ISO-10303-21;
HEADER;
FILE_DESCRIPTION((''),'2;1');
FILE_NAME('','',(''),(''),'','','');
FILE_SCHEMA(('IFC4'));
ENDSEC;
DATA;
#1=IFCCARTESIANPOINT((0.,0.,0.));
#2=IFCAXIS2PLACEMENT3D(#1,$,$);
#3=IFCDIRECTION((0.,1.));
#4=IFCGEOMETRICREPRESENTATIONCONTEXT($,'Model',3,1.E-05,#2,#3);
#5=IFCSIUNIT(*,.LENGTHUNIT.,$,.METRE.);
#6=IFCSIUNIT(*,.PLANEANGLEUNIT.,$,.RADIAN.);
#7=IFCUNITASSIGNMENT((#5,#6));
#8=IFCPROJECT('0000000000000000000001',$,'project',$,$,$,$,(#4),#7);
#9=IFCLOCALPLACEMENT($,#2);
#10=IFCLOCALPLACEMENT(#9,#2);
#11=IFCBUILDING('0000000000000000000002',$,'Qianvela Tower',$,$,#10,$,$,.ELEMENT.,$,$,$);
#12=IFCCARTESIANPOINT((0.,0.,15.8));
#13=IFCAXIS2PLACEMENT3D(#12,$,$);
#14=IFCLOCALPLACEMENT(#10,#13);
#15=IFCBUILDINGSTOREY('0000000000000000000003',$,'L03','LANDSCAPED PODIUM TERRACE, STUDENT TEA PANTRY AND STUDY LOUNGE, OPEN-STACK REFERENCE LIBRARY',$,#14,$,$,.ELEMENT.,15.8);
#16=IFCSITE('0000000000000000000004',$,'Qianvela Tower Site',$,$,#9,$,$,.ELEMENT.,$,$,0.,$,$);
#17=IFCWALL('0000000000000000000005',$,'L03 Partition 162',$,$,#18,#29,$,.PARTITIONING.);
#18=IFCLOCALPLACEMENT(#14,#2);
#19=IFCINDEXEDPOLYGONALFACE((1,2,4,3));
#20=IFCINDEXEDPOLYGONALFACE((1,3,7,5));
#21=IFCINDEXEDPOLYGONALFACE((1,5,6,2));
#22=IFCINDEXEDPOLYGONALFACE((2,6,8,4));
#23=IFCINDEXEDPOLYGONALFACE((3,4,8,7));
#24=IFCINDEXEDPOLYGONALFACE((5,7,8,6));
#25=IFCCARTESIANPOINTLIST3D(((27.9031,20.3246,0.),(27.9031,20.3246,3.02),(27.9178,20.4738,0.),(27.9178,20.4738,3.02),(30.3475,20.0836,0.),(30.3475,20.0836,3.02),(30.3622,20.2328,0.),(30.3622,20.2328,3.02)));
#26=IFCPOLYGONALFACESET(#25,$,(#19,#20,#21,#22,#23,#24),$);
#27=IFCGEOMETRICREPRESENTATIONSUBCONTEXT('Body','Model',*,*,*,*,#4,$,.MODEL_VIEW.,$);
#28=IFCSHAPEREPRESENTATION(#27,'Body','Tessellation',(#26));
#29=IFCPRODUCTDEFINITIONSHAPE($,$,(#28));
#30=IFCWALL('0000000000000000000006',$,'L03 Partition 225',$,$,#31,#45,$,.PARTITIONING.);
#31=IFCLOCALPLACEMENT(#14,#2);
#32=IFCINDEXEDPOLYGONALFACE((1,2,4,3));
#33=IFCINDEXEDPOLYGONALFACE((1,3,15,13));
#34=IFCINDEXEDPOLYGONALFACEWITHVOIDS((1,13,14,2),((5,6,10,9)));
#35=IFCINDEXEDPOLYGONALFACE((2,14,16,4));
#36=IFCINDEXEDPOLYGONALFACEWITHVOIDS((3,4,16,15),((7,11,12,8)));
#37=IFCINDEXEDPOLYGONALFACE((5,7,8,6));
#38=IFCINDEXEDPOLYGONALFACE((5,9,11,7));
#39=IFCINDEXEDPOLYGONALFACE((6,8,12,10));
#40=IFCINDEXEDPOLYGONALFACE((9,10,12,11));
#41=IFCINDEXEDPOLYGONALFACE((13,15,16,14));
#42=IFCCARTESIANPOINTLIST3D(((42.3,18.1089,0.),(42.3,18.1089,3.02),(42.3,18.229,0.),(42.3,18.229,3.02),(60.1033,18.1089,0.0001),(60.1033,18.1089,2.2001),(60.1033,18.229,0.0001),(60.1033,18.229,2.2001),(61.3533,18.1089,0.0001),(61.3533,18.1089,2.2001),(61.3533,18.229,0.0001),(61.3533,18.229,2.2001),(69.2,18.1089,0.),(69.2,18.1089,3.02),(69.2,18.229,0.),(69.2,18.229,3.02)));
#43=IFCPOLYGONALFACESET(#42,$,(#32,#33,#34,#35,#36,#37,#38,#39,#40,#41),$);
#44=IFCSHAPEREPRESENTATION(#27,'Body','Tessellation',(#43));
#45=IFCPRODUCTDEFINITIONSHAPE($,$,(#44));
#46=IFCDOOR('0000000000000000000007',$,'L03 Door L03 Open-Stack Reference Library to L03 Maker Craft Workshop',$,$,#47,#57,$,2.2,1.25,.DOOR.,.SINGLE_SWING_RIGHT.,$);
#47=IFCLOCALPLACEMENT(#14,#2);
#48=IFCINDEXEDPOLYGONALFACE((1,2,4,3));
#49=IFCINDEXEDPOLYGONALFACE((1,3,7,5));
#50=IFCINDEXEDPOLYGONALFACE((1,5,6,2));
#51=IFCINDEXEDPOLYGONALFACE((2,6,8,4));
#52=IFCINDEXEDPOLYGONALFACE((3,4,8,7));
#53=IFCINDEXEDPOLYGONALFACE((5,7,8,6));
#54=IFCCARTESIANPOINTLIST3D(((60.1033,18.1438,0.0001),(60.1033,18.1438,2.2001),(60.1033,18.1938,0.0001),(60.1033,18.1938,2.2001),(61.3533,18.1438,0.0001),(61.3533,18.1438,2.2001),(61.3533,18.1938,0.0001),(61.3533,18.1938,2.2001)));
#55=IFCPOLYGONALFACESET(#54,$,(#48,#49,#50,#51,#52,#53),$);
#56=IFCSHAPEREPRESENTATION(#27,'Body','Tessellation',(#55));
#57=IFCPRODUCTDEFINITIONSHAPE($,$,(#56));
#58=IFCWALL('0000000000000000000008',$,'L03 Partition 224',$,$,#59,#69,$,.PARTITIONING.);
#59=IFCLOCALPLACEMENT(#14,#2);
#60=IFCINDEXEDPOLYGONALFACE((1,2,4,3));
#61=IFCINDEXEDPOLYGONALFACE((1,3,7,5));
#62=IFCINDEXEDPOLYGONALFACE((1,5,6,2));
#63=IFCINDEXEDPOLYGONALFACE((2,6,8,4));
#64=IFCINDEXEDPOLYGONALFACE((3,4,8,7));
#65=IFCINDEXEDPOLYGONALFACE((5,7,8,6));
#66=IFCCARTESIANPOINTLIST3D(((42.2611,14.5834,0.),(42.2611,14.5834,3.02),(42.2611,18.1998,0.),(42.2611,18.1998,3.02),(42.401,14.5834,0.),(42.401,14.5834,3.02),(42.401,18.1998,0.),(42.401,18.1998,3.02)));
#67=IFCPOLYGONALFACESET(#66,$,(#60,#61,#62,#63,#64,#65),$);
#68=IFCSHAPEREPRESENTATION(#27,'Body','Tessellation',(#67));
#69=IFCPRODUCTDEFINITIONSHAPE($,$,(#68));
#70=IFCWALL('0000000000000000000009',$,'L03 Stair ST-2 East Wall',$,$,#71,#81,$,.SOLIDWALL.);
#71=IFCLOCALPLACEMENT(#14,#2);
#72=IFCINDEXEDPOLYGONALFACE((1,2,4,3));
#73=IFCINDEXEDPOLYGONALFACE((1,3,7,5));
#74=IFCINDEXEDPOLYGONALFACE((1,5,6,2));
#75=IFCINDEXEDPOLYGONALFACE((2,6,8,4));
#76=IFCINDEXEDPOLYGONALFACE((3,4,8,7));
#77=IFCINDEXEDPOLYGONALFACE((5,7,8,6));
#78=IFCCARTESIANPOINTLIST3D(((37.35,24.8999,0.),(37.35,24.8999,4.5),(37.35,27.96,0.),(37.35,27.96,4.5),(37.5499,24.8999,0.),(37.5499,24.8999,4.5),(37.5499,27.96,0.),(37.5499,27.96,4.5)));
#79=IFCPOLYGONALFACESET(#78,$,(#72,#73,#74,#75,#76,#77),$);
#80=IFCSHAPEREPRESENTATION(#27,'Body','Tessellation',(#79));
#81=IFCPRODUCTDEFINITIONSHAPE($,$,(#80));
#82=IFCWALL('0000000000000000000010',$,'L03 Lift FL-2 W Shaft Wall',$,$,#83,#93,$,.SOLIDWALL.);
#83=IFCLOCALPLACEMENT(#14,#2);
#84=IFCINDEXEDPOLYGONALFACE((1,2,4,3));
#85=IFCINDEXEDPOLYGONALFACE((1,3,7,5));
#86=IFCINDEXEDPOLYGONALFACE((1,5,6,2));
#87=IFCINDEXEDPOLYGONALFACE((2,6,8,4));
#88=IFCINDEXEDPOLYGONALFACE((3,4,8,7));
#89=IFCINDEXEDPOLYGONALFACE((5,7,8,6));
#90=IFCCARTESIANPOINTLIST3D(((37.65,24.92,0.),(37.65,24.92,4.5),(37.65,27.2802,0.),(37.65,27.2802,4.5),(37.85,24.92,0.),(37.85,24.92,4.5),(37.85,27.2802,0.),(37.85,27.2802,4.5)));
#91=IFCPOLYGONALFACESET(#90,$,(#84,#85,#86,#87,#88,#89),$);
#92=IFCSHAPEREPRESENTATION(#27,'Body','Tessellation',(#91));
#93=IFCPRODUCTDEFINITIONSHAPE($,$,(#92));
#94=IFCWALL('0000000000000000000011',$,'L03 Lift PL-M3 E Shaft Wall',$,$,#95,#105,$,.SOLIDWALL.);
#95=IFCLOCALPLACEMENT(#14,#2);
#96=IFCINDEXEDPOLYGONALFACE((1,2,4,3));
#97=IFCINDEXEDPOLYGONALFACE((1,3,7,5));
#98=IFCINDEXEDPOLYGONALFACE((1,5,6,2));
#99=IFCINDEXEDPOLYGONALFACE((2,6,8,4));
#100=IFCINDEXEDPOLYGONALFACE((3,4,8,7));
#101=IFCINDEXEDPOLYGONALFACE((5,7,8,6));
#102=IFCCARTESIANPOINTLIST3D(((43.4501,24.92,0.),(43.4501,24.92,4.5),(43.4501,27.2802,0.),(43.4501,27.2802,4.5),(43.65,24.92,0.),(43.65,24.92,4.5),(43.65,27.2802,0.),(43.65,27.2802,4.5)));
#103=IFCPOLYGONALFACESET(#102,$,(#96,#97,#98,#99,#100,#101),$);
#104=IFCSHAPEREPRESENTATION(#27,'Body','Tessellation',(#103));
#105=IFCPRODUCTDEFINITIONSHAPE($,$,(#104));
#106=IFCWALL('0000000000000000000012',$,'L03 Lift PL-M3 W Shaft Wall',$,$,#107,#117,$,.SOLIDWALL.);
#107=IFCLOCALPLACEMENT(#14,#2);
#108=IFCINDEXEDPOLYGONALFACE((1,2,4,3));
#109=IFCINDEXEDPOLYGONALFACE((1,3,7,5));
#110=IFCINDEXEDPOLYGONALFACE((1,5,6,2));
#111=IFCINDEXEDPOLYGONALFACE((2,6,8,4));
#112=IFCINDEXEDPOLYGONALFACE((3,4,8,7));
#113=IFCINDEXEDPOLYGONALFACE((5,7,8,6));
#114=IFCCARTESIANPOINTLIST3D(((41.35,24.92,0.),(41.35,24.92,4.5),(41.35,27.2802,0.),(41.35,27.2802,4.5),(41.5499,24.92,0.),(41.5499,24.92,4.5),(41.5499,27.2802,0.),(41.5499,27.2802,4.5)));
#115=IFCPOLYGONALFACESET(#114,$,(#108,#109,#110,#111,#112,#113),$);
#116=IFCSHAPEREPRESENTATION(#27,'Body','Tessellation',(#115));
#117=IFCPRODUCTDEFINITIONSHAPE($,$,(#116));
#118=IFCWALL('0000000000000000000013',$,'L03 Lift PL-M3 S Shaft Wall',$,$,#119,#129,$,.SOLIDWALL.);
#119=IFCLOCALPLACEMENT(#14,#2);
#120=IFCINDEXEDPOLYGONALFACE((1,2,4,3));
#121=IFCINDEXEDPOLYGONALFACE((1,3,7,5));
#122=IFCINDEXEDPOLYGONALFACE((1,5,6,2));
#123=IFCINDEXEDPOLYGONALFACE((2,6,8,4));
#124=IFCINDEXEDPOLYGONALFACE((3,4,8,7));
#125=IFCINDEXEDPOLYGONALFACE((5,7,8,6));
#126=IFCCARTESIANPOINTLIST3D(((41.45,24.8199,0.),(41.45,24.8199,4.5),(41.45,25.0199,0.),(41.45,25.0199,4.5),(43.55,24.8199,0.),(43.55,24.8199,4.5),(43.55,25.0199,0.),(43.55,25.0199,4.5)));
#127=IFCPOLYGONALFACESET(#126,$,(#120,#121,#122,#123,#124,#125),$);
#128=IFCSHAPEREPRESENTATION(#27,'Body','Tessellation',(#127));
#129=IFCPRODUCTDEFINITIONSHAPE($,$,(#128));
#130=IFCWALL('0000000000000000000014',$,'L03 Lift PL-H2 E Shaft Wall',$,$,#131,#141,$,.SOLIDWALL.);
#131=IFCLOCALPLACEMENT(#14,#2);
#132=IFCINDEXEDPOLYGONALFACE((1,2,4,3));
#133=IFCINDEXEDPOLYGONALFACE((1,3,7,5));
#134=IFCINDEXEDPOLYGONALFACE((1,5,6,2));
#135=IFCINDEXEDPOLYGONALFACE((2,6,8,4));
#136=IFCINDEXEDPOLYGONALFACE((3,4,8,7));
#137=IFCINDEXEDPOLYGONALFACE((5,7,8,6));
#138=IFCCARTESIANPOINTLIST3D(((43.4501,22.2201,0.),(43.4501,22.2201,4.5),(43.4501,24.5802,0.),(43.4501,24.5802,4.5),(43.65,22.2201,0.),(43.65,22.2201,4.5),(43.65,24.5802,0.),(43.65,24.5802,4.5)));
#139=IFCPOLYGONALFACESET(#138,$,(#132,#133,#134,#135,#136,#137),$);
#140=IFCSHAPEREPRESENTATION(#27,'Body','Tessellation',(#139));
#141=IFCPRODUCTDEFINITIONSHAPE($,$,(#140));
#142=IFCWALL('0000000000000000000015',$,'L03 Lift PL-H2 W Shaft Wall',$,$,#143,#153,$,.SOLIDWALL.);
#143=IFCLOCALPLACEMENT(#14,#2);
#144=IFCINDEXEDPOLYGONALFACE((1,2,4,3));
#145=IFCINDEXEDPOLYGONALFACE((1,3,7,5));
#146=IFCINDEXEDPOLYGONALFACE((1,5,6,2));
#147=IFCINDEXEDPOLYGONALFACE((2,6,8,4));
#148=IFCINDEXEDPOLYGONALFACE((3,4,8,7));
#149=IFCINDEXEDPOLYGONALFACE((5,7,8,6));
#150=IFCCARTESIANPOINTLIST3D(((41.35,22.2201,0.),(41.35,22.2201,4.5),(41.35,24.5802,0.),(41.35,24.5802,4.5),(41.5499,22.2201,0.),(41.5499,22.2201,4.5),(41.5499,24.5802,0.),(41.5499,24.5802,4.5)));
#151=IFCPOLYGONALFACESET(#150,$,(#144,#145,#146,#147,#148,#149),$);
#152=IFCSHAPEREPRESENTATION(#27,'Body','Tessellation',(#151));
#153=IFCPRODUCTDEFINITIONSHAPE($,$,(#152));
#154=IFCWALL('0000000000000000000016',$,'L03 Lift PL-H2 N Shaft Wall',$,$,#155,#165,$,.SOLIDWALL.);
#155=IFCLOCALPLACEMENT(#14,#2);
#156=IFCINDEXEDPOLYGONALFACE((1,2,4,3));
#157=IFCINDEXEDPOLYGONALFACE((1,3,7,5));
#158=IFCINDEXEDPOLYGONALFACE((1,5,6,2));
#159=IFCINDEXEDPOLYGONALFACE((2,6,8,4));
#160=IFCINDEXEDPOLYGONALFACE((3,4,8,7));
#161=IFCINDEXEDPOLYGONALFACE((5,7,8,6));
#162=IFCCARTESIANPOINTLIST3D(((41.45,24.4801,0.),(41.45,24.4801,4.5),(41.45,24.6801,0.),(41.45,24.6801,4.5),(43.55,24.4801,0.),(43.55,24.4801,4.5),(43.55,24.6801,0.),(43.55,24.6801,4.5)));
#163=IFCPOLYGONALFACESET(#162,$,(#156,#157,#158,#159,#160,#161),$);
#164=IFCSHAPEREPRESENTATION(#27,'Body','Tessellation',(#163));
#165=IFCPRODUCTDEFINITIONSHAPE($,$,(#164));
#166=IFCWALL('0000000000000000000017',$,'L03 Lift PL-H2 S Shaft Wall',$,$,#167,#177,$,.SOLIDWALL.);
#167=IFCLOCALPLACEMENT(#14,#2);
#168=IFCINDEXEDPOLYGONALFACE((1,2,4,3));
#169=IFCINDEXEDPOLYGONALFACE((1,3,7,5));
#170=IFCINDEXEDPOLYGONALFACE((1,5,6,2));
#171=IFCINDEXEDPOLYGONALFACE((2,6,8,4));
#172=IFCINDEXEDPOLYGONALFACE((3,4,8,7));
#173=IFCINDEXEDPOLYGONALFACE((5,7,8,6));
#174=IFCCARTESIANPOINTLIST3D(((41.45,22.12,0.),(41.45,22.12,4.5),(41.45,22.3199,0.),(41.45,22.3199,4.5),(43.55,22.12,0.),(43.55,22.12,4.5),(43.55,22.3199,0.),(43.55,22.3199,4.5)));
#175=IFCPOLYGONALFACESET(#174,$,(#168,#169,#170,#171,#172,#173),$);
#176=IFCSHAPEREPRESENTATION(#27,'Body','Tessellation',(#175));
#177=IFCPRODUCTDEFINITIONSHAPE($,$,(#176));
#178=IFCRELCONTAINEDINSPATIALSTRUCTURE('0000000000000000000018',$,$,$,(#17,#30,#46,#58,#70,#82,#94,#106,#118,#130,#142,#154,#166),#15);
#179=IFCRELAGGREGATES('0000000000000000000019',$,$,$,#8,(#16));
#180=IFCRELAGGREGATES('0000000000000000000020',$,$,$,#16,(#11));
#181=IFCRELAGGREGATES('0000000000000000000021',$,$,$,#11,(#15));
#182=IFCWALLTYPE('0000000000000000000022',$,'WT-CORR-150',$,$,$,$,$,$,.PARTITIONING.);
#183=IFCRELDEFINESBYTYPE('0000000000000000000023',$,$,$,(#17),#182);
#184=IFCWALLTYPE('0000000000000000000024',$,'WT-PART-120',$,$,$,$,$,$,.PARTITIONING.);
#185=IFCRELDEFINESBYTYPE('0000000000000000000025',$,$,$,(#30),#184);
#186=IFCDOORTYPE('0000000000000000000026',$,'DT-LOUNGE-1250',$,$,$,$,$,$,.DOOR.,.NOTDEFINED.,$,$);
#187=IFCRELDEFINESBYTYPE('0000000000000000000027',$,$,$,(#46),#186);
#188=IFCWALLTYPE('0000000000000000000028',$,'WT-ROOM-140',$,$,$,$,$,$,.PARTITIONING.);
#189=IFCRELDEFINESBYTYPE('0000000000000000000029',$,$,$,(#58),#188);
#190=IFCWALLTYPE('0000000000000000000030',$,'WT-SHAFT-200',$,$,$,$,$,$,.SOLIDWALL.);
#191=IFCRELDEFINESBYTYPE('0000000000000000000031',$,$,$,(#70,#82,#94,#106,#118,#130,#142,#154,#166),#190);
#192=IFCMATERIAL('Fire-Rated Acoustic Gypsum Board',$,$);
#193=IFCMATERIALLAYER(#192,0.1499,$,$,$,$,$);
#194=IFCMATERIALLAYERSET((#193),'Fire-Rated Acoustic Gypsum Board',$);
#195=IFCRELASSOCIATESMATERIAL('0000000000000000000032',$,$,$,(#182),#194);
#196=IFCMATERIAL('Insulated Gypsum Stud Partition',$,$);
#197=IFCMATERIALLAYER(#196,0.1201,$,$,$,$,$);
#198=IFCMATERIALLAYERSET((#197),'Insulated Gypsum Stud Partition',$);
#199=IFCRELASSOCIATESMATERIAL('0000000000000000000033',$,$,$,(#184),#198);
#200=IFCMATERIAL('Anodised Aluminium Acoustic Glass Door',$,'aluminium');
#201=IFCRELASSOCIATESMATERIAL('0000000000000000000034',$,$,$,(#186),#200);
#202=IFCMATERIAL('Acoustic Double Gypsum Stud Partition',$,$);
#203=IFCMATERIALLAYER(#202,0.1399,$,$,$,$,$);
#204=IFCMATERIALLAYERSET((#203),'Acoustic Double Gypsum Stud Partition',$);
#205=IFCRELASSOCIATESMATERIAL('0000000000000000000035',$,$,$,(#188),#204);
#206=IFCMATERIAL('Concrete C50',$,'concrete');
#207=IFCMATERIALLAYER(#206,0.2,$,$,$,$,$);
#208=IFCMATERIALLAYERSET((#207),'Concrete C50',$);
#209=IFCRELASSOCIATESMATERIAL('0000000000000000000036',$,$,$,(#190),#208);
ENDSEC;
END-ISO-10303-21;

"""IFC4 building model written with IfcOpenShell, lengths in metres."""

from ifc_helpers import new_model, si_unit, direction, frame, frame_2d, origin, place, context, subcontext, project, spatial, rectangle, extrude, material, layer, layer_set, type_object, element, fill, save


model = new_model("IFC4")

# Units and contexts
model_context = context("Model", 3, precision=1e-05, world=origin(), true_north=direction((0.0, 1.0)))
body_context = subcontext(model_context, "Body", "Model", "MODEL_VIEW")
ifc_project = project(units=[si_unit("LENGTHUNIT", "METRE"), si_unit("PLANEANGLEUNIT", "RADIAN")], contexts=[model_context])

# Site, building, storey
site_placement = place(None, origin())
site = spatial("IfcSite", under=ifc_project, at=site_placement, Name="Qianvela Tower Site", CompositionType="ELEMENT", RefElevation=0.0)
building_placement = place(site_placement, origin())
building = spatial("IfcBuilding", under=site, at=building_placement, Name="Qianvela Tower", CompositionType="ELEMENT")
storey_placement = place(building_placement, frame((0.0, 0.0, 15.8)))
storey = spatial("IfcBuildingStorey", under=building, at=storey_placement, Name="L03", Description="LANDSCAPED PODIUM TERRACE, STUDENT TEA PANTRY AND STUDY LOUNGE, OPEN-STACK REFERENCE LIBRARY", CompositionType="ELEMENT", Elevation=15.8)

# Wall
ifc_material_1 = material(Name="Fire-Rated Acoustic Gypsum Board")
ifc_layer_1 = layer(ifc_material_1, 0.1499)
ifc_layer_set_1 = layer_set([ifc_layer_1], Name="Fire-Rated Acoustic Gypsum Board")
wall_type_1 = type_object("IfcWallType", Name="WT-CORR-150", PredefinedType="PARTITIONING", material=ifc_layer_set_1)
wall_1_placement = place(storey_placement, frame((30.3547, 20.1582, 0.0), z_axis=(0.0, 0.0, 1.0), x_axis=(-0.995176, 0.098106, 0.0)))
element("IfcWall", 1, at=wall_1_placement, inside=storey, type_object=wall_type_1, Name="L03 Partition 162", PredefinedType="PARTITIONING", context=body_context, shape_type="SweptSolid", body=[
    extrude(rectangle(XDim=2.4563, YDim=0.1499, at=frame_2d((1.228, 0.0))), origin(), (0.0, 0.0, 1.0), 3.02),
])

# Wall, opening, door
ifc_material_2 = material(Name="Insulated Gypsum Stud Partition")
ifc_layer_2 = layer(ifc_material_2, 0.1201)
ifc_layer_set_2 = layer_set([ifc_layer_2], Name="Insulated Gypsum Stud Partition")
wall_type_2 = type_object("IfcWallType", Name="WT-PART-120", PredefinedType="PARTITIONING", material=ifc_layer_set_2)
wall_2_placement = place(storey_placement, frame((42.3, 18.1689, 0.0), z_axis=(0.0, 0.0, 1.0), x_axis=(1.0, 0.0, 0.0)))
wall_2 = element("IfcWall", 2, at=wall_2_placement, inside=storey, type_object=wall_type_2, Name="L03 Partition 225", PredefinedType="PARTITIONING", context=body_context, shape_type="SweptSolid", body=[
    extrude(rectangle(XDim=26.8999, YDim=0.1201, at=frame_2d((13.45, 0.0))), origin(), (0.0, 0.0, 1.0), 3.02),
])
opening_1_placement = place(wall_2_placement, frame((17.8032, 0.0, 0.0)))
opening_1 = element("IfcOpeningElement", 3, at=opening_1_placement, cuts=wall_2, PredefinedType="OPENING", context=body_context, shape_type="SweptSolid", body=[
    extrude(rectangle(XDim=1.25, YDim=2.2, at=frame_2d((0.625, 1.1001))), frame((0.0, 0.0701, 0.0), z_axis=(0.0, -1.0, 0.0), x_axis=(1.0, 0.0, 0.0)), (0.0, 0.0, 1.0), 0.1401),
])
ifc_material_3 = material(Name="Anodised Aluminium Acoustic Glass Door", Category="aluminium")
door_type_1 = type_object("IfcDoorType", Name="DT-LOUNGE-1250", OperationType="NOTDEFINED", PredefinedType="DOOR", material=ifc_material_3)
door_1_placement = place(opening_1_placement, origin())
door_1 = element("IfcDoor", 4, at=door_1_placement, inside=storey, type_object=door_type_1, Name="L03 Door L03 Open-Stack Reference Library to L03 Maker Craft Workshop", OperationType="SINGLE_SWING_RIGHT", OverallHeight=2.2, OverallWidth=1.25, PredefinedType="DOOR", context=body_context, shape_type="SweptSolid", body=[
    extrude(rectangle(XDim=1.25, YDim=2.2, at=frame_2d((0.625, 1.1001))), frame((0.0, 0.0249, 0.0), z_axis=(0.0, -1.0, 0.0), x_axis=(1.0, 0.0, 0.0)), (0.0, 0.0, 1.0), 0.05),
])
fill(opening_1, door_1)

# Walls
ifc_material_4 = material(Name="Acoustic Double Gypsum Stud Partition")
ifc_layer_3 = layer(ifc_material_4, 0.1399)
ifc_layer_set_3 = layer_set([ifc_layer_3], Name="Acoustic Double Gypsum Stud Partition")
wall_type_3 = type_object("IfcWallType", Name="WT-ROOM-140", PredefinedType="PARTITIONING", material=ifc_layer_set_3)
wall_3_placement = place(storey_placement, frame((42.3311, 14.5835, 0.0), z_axis=(0.0, 0.0, 1.0), x_axis=(0.0, 1.0, 0.0)))
element("IfcWall", 5, at=wall_3_placement, inside=storey, type_object=wall_type_3, Name="L03 Partition 224", PredefinedType="PARTITIONING", context=body_context, shape_type="SweptSolid", body=[
    extrude(rectangle(XDim=3.6165, YDim=0.1399, at=frame_2d((1.8081, 0.0))), origin(), (0.0, 0.0, 1.0), 3.02),
])
ifc_material_5 = material(Name="Concrete C50", Category="concrete")
ifc_layer_4 = layer(ifc_material_5, 0.2)
ifc_layer_set_4 = layer_set([ifc_layer_4], Name="Concrete C50")
wall_type_4 = type_object("IfcWallType", Name="WT-SHAFT-200", PredefinedType="SOLIDWALL", material=ifc_layer_set_4)
wall_4_placement = place(storey_placement, frame((37.45, 24.8999, 0.0), z_axis=(0.0, 0.0, 1.0), x_axis=(0.0, 1.0, 0.0)))
element("IfcWall", 6, at=wall_4_placement, inside=storey, type_object=wall_type_4, Name="L03 Stair ST-2 East Wall", PredefinedType="SOLIDWALL", context=body_context, shape_type="SweptSolid", body=[
    extrude(rectangle(XDim=3.0601, YDim=0.2, at=frame_2d((1.53, 0.0))), origin(), (0.0, 0.0, 1.0), 4.5),
])

# Walls
for number, where, z_axis, x_axis, name in (
    (7, (37.75, 24.9199, 0.0), (0.0, 0.0, 1.0), (0.0, 1.0, 0.0), "L03 Lift FL-2 W Shaft Wall"),
    (8, (43.55, 24.9199, 0.0), (0.0, 0.0, 1.0), (0.0, 1.0, 0.0), "L03 Lift PL-M3 E Shaft Wall"),
    (9, (41.45, 24.9199, 0.0), (0.0, 0.0, 1.0), (0.0, 1.0, 0.0), "L03 Lift PL-M3 W Shaft Wall"),
):
    element("IfcWall", number, at=place(storey_placement, frame(where, z_axis=z_axis, x_axis=x_axis)), inside=storey, type_object=wall_type_4, Name=name, PredefinedType="SOLIDWALL", context=body_context, shape_type="SweptSolid", body=[
        extrude(rectangle(XDim=2.3601, YDim=0.2, at=frame_2d((1.1802, 0.0))), origin(), (0.0, 0.0, 1.0), 4.5),
    ])
wall_5_placement = place(storey_placement, frame((41.45, 24.9199, 0.0), z_axis=(0.0, 0.0, 1.0), x_axis=(1.0, 0.0, 0.0)))
element("IfcWall", 10, at=wall_5_placement, inside=storey, type_object=wall_type_4, Name="L03 Lift PL-M3 S Shaft Wall", PredefinedType="SOLIDWALL", context=body_context, shape_type="SweptSolid", body=[
    extrude(rectangle(XDim=2.1001, YDim=0.2, at=frame_2d((1.05, 0.0))), origin(), (0.0, 0.0, 1.0), 4.5),
])
for number, where, z_axis, x_axis, name in (
    (11, (43.55, 22.22, 0.0), (0.0, 0.0, 1.0), (0.0, 1.0, 0.0), "L03 Lift PL-H2 E Shaft Wall"),
    (12, (41.45, 22.22, 0.0), (0.0, 0.0, 1.0), (0.0, 1.0, 0.0), "L03 Lift PL-H2 W Shaft Wall"),
):
    element("IfcWall", number, at=place(storey_placement, frame(where, z_axis=z_axis, x_axis=x_axis)), inside=storey, type_object=wall_type_4, Name=name, PredefinedType="SOLIDWALL", context=body_context, shape_type="SweptSolid", body=[
        extrude(rectangle(XDim=2.3601, YDim=0.2, at=frame_2d((1.1802, 0.0))), origin(), (0.0, 0.0, 1.0), 4.5),
    ])
for number, where, z_axis, x_axis, name in (
    (13, (41.45, 24.5801, 0.0), (0.0, 0.0, 1.0), (1.0, 0.0, 0.0), "L03 Lift PL-H2 N Shaft Wall"),
    (14, (41.45, 22.22, 0.0), (0.0, 0.0, 1.0), (1.0, 0.0, 0.0), "L03 Lift PL-H2 S Shaft Wall"),
):
    element("IfcWall", number, at=place(storey_placement, frame(where, z_axis=z_axis, x_axis=x_axis)), inside=storey, type_object=wall_type_4, Name=name, PredefinedType="SOLIDWALL", context=body_context, shape_type="SweptSolid", body=[
        extrude(rectangle(XDim=2.1001, YDim=0.2, at=frame_2d((1.05, 0.0))), origin(), (0.0, 0.0, 1.0), 4.5),
    ])

save(model, "model.ifc")
